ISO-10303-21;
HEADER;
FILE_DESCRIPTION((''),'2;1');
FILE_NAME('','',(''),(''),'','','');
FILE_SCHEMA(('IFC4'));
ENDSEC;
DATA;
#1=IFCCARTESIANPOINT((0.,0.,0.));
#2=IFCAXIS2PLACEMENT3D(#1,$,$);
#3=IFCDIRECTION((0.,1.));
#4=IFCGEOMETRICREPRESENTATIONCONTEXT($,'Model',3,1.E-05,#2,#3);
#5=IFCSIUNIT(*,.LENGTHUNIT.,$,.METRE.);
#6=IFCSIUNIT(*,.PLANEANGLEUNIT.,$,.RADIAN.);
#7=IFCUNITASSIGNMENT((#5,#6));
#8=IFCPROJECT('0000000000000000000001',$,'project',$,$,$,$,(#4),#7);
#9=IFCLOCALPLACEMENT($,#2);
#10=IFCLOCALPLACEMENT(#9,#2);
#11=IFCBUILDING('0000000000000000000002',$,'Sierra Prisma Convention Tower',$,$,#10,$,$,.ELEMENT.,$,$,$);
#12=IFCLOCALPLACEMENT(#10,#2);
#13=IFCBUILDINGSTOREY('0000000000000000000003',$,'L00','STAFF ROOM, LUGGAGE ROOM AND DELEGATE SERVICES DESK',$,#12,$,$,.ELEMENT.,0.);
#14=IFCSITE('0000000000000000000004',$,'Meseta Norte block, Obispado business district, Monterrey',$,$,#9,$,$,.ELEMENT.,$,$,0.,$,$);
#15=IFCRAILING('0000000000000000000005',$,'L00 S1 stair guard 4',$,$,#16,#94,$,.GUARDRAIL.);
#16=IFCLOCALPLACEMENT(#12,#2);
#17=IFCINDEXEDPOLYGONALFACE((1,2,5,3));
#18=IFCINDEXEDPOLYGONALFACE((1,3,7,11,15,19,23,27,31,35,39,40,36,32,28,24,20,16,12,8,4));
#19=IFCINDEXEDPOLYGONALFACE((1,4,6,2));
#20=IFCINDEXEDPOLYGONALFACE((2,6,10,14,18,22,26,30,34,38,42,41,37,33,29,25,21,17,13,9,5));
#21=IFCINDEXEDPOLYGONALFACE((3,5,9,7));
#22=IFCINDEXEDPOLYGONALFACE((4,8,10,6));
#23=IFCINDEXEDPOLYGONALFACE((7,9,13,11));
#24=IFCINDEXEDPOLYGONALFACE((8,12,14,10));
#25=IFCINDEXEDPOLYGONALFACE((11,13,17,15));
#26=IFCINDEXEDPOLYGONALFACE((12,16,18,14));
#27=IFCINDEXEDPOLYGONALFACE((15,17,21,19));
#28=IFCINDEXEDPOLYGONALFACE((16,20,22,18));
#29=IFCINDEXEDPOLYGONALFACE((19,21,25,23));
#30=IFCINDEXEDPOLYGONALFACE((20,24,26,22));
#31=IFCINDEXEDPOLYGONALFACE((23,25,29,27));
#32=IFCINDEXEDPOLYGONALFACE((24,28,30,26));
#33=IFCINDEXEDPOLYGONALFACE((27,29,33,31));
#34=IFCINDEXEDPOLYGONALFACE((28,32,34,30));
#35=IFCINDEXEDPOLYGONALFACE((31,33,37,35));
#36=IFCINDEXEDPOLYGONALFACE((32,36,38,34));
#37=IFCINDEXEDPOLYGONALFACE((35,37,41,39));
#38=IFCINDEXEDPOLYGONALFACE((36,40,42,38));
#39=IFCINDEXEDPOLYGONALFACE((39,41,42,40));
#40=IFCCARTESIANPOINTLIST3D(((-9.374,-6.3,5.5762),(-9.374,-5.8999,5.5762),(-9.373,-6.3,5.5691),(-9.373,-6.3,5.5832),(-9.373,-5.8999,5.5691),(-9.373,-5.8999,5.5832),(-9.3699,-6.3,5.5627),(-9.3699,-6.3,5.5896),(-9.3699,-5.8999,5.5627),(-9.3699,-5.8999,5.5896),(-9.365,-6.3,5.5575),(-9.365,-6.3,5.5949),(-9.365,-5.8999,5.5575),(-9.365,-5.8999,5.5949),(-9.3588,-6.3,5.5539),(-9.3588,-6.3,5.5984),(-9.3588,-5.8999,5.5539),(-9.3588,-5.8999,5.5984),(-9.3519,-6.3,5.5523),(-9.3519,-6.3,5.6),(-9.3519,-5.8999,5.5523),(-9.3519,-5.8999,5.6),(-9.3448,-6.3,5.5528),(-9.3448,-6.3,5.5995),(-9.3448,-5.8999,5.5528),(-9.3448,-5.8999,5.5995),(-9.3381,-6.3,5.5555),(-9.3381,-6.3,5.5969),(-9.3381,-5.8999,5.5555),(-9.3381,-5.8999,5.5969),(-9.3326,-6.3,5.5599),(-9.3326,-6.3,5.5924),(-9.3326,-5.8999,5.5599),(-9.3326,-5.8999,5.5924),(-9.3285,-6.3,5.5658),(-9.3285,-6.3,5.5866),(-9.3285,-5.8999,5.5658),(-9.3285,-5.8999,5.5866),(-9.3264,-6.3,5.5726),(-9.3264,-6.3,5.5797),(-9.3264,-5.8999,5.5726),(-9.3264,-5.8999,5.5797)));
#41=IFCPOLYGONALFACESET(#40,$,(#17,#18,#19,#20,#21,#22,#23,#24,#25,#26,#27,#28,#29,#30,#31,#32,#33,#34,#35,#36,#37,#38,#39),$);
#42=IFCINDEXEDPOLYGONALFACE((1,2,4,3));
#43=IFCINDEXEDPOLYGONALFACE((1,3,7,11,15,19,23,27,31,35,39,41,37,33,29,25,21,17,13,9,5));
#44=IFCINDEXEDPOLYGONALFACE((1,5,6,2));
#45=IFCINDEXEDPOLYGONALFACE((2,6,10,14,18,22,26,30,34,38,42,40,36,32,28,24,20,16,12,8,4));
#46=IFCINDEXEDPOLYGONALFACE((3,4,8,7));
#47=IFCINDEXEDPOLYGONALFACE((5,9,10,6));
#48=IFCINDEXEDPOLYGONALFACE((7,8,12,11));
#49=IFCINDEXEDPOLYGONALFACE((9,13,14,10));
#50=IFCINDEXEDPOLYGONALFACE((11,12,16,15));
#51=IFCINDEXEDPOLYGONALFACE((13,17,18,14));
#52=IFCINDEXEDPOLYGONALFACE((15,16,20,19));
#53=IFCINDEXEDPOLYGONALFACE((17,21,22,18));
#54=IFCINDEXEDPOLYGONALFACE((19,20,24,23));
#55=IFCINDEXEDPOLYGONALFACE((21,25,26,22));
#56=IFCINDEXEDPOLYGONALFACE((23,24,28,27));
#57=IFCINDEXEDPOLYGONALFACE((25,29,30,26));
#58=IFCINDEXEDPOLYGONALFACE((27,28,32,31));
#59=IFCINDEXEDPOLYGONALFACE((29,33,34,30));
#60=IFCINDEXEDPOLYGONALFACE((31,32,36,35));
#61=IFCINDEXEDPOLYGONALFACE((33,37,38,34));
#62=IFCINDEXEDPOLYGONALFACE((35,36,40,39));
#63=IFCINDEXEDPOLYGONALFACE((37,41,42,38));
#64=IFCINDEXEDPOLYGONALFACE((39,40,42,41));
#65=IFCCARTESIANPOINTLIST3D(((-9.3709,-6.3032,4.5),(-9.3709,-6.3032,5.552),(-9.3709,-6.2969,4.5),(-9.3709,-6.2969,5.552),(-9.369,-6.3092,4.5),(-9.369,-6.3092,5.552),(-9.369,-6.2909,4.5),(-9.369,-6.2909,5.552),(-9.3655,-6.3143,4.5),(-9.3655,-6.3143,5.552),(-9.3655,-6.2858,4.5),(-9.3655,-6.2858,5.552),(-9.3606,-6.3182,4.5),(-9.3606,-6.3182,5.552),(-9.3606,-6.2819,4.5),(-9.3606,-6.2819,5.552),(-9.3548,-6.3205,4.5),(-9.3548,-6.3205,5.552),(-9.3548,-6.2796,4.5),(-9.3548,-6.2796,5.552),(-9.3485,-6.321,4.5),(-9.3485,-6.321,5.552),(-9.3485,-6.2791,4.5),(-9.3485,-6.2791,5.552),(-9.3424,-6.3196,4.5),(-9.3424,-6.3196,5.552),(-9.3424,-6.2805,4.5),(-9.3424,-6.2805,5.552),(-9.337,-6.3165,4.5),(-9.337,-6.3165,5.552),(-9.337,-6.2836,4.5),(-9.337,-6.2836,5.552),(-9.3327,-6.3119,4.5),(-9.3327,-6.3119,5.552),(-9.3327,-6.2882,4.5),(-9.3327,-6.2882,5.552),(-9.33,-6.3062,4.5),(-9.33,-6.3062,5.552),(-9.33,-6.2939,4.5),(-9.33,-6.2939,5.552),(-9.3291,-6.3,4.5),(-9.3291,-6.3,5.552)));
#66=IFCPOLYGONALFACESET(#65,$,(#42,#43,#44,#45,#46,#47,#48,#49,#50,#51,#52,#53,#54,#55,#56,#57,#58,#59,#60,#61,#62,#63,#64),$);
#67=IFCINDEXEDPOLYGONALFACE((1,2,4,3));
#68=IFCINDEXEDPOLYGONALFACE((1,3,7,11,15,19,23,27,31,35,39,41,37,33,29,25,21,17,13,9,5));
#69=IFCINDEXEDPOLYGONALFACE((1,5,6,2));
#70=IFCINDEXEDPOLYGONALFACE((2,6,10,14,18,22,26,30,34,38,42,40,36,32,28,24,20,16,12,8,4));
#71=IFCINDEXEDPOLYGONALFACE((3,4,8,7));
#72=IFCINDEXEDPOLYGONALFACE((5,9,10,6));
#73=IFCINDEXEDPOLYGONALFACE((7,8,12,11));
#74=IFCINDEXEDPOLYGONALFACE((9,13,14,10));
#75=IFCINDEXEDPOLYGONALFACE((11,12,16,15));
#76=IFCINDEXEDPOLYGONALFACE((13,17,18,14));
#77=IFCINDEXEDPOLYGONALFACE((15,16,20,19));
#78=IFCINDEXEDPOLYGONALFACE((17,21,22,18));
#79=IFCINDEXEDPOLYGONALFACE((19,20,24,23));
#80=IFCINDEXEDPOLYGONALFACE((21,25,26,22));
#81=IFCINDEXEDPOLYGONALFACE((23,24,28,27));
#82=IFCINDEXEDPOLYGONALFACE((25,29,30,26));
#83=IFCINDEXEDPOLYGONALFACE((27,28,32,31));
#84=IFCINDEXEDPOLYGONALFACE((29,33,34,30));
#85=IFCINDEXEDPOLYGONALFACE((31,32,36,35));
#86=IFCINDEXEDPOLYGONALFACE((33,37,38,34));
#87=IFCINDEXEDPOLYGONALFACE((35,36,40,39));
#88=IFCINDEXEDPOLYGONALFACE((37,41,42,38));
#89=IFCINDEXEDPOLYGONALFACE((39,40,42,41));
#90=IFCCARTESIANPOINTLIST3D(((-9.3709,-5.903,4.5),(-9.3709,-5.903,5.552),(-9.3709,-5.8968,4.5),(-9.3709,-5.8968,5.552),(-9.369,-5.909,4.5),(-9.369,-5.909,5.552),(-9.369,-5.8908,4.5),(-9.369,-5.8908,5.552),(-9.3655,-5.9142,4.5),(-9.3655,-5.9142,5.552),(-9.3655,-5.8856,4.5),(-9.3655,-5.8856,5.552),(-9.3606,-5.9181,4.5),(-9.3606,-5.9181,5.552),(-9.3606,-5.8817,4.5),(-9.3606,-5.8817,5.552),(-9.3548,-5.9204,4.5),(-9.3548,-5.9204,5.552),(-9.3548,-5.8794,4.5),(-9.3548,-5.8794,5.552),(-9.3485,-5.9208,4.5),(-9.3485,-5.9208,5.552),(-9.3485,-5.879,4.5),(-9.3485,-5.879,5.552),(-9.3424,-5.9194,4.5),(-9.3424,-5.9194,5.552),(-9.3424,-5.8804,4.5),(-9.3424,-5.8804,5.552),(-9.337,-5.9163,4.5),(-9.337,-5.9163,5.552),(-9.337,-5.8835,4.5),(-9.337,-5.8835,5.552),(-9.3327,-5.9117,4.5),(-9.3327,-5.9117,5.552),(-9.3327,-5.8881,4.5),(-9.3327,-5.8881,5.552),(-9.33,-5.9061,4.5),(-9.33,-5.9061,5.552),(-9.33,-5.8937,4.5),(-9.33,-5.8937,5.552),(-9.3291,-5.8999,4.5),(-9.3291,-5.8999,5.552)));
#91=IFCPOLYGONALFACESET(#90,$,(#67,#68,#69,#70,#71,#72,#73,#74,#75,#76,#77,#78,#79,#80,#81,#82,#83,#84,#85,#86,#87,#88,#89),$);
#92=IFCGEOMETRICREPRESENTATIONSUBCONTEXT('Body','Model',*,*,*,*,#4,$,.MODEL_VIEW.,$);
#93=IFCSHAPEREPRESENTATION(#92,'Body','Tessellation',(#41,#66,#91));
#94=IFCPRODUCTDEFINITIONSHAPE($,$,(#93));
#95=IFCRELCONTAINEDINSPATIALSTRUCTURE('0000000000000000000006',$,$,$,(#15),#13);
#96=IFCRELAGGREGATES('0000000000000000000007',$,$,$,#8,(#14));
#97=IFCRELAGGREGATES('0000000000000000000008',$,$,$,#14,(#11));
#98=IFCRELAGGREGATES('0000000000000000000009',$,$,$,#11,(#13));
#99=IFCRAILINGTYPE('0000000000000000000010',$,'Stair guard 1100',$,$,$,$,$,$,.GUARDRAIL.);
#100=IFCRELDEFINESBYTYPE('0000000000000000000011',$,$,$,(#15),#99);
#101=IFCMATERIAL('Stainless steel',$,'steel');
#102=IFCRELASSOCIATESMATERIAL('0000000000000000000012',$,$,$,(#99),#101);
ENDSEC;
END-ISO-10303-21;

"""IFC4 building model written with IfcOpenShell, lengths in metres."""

from ifc_helpers import new_model, si_unit, direction, frame, origin, origin_2d, place, context, subcontext, project, spatial, circle, extrude, material, type_object, element, save


model = new_model("IFC4")

# Units and contexts
model_context = context("Model", 3, precision=1e-05, world=origin(), true_north=direction((0.0, 1.0)))
body_context = subcontext(model_context, "Body", "Model", "MODEL_VIEW")
ifc_project = project(units=[si_unit("LENGTHUNIT", "METRE"), si_unit("PLANEANGLEUNIT", "RADIAN")], contexts=[model_context])

# Site, building, storey
site_placement = place(None, origin())
site = spatial("IfcSite", under=ifc_project, at=site_placement, Name="Meseta Norte block, Obispado business district, Monterrey", CompositionType="ELEMENT", RefElevation=0.0)
building_placement = place(site_placement, origin())
building = spatial("IfcBuilding", under=site, at=building_placement, Name="Sierra Prisma Convention Tower", CompositionType="ELEMENT")
storey_placement = place(building_placement, origin())
storey = spatial("IfcBuildingStorey", under=building, at=storey_placement, Name="L00", Description="STAFF ROOM, LUGGAGE ROOM AND DELEGATE SERVICES DESK", CompositionType="ELEMENT", Elevation=0.0)

# Railing
ifc_material_1 = material(Name="Stainless steel", Category="steel")
railing_type_1 = type_object("IfcRailingType", Name="Stair guard 1100", PredefinedType="GUARDRAIL", material=ifc_material_1)
railing_1_placement = place(storey_placement, frame((-9.3501, -6.3, 4.5)))
element("IfcRailing", 1, at=railing_1_placement, inside=storey, type_object=railing_type_1, Name="L00 S1 stair guard 4", PredefinedType="GUARDRAIL", context=body_context, shape_type="SweptSolid", body=[
    extrude(circle(Radius=0.0239, at=origin_2d()), frame((0.0, 0.0, 1.0762), z_axis=(0.0, 1.0, 0.0), x_axis=(-1.0, 0.0, 0.0)), (0.0, 0.0, 1.0), 0.4001),
    extrude(circle(Radius=0.021, at=origin_2d()), origin(), (0.0, 0.0, 1.0), 1.052),
    extrude(circle(Radius=0.021, at=origin_2d()), frame((0.0, 0.4001, 0.0)), (0.0, 0.0, 1.0), 1.052),
])

save(model, "model.ifc")
